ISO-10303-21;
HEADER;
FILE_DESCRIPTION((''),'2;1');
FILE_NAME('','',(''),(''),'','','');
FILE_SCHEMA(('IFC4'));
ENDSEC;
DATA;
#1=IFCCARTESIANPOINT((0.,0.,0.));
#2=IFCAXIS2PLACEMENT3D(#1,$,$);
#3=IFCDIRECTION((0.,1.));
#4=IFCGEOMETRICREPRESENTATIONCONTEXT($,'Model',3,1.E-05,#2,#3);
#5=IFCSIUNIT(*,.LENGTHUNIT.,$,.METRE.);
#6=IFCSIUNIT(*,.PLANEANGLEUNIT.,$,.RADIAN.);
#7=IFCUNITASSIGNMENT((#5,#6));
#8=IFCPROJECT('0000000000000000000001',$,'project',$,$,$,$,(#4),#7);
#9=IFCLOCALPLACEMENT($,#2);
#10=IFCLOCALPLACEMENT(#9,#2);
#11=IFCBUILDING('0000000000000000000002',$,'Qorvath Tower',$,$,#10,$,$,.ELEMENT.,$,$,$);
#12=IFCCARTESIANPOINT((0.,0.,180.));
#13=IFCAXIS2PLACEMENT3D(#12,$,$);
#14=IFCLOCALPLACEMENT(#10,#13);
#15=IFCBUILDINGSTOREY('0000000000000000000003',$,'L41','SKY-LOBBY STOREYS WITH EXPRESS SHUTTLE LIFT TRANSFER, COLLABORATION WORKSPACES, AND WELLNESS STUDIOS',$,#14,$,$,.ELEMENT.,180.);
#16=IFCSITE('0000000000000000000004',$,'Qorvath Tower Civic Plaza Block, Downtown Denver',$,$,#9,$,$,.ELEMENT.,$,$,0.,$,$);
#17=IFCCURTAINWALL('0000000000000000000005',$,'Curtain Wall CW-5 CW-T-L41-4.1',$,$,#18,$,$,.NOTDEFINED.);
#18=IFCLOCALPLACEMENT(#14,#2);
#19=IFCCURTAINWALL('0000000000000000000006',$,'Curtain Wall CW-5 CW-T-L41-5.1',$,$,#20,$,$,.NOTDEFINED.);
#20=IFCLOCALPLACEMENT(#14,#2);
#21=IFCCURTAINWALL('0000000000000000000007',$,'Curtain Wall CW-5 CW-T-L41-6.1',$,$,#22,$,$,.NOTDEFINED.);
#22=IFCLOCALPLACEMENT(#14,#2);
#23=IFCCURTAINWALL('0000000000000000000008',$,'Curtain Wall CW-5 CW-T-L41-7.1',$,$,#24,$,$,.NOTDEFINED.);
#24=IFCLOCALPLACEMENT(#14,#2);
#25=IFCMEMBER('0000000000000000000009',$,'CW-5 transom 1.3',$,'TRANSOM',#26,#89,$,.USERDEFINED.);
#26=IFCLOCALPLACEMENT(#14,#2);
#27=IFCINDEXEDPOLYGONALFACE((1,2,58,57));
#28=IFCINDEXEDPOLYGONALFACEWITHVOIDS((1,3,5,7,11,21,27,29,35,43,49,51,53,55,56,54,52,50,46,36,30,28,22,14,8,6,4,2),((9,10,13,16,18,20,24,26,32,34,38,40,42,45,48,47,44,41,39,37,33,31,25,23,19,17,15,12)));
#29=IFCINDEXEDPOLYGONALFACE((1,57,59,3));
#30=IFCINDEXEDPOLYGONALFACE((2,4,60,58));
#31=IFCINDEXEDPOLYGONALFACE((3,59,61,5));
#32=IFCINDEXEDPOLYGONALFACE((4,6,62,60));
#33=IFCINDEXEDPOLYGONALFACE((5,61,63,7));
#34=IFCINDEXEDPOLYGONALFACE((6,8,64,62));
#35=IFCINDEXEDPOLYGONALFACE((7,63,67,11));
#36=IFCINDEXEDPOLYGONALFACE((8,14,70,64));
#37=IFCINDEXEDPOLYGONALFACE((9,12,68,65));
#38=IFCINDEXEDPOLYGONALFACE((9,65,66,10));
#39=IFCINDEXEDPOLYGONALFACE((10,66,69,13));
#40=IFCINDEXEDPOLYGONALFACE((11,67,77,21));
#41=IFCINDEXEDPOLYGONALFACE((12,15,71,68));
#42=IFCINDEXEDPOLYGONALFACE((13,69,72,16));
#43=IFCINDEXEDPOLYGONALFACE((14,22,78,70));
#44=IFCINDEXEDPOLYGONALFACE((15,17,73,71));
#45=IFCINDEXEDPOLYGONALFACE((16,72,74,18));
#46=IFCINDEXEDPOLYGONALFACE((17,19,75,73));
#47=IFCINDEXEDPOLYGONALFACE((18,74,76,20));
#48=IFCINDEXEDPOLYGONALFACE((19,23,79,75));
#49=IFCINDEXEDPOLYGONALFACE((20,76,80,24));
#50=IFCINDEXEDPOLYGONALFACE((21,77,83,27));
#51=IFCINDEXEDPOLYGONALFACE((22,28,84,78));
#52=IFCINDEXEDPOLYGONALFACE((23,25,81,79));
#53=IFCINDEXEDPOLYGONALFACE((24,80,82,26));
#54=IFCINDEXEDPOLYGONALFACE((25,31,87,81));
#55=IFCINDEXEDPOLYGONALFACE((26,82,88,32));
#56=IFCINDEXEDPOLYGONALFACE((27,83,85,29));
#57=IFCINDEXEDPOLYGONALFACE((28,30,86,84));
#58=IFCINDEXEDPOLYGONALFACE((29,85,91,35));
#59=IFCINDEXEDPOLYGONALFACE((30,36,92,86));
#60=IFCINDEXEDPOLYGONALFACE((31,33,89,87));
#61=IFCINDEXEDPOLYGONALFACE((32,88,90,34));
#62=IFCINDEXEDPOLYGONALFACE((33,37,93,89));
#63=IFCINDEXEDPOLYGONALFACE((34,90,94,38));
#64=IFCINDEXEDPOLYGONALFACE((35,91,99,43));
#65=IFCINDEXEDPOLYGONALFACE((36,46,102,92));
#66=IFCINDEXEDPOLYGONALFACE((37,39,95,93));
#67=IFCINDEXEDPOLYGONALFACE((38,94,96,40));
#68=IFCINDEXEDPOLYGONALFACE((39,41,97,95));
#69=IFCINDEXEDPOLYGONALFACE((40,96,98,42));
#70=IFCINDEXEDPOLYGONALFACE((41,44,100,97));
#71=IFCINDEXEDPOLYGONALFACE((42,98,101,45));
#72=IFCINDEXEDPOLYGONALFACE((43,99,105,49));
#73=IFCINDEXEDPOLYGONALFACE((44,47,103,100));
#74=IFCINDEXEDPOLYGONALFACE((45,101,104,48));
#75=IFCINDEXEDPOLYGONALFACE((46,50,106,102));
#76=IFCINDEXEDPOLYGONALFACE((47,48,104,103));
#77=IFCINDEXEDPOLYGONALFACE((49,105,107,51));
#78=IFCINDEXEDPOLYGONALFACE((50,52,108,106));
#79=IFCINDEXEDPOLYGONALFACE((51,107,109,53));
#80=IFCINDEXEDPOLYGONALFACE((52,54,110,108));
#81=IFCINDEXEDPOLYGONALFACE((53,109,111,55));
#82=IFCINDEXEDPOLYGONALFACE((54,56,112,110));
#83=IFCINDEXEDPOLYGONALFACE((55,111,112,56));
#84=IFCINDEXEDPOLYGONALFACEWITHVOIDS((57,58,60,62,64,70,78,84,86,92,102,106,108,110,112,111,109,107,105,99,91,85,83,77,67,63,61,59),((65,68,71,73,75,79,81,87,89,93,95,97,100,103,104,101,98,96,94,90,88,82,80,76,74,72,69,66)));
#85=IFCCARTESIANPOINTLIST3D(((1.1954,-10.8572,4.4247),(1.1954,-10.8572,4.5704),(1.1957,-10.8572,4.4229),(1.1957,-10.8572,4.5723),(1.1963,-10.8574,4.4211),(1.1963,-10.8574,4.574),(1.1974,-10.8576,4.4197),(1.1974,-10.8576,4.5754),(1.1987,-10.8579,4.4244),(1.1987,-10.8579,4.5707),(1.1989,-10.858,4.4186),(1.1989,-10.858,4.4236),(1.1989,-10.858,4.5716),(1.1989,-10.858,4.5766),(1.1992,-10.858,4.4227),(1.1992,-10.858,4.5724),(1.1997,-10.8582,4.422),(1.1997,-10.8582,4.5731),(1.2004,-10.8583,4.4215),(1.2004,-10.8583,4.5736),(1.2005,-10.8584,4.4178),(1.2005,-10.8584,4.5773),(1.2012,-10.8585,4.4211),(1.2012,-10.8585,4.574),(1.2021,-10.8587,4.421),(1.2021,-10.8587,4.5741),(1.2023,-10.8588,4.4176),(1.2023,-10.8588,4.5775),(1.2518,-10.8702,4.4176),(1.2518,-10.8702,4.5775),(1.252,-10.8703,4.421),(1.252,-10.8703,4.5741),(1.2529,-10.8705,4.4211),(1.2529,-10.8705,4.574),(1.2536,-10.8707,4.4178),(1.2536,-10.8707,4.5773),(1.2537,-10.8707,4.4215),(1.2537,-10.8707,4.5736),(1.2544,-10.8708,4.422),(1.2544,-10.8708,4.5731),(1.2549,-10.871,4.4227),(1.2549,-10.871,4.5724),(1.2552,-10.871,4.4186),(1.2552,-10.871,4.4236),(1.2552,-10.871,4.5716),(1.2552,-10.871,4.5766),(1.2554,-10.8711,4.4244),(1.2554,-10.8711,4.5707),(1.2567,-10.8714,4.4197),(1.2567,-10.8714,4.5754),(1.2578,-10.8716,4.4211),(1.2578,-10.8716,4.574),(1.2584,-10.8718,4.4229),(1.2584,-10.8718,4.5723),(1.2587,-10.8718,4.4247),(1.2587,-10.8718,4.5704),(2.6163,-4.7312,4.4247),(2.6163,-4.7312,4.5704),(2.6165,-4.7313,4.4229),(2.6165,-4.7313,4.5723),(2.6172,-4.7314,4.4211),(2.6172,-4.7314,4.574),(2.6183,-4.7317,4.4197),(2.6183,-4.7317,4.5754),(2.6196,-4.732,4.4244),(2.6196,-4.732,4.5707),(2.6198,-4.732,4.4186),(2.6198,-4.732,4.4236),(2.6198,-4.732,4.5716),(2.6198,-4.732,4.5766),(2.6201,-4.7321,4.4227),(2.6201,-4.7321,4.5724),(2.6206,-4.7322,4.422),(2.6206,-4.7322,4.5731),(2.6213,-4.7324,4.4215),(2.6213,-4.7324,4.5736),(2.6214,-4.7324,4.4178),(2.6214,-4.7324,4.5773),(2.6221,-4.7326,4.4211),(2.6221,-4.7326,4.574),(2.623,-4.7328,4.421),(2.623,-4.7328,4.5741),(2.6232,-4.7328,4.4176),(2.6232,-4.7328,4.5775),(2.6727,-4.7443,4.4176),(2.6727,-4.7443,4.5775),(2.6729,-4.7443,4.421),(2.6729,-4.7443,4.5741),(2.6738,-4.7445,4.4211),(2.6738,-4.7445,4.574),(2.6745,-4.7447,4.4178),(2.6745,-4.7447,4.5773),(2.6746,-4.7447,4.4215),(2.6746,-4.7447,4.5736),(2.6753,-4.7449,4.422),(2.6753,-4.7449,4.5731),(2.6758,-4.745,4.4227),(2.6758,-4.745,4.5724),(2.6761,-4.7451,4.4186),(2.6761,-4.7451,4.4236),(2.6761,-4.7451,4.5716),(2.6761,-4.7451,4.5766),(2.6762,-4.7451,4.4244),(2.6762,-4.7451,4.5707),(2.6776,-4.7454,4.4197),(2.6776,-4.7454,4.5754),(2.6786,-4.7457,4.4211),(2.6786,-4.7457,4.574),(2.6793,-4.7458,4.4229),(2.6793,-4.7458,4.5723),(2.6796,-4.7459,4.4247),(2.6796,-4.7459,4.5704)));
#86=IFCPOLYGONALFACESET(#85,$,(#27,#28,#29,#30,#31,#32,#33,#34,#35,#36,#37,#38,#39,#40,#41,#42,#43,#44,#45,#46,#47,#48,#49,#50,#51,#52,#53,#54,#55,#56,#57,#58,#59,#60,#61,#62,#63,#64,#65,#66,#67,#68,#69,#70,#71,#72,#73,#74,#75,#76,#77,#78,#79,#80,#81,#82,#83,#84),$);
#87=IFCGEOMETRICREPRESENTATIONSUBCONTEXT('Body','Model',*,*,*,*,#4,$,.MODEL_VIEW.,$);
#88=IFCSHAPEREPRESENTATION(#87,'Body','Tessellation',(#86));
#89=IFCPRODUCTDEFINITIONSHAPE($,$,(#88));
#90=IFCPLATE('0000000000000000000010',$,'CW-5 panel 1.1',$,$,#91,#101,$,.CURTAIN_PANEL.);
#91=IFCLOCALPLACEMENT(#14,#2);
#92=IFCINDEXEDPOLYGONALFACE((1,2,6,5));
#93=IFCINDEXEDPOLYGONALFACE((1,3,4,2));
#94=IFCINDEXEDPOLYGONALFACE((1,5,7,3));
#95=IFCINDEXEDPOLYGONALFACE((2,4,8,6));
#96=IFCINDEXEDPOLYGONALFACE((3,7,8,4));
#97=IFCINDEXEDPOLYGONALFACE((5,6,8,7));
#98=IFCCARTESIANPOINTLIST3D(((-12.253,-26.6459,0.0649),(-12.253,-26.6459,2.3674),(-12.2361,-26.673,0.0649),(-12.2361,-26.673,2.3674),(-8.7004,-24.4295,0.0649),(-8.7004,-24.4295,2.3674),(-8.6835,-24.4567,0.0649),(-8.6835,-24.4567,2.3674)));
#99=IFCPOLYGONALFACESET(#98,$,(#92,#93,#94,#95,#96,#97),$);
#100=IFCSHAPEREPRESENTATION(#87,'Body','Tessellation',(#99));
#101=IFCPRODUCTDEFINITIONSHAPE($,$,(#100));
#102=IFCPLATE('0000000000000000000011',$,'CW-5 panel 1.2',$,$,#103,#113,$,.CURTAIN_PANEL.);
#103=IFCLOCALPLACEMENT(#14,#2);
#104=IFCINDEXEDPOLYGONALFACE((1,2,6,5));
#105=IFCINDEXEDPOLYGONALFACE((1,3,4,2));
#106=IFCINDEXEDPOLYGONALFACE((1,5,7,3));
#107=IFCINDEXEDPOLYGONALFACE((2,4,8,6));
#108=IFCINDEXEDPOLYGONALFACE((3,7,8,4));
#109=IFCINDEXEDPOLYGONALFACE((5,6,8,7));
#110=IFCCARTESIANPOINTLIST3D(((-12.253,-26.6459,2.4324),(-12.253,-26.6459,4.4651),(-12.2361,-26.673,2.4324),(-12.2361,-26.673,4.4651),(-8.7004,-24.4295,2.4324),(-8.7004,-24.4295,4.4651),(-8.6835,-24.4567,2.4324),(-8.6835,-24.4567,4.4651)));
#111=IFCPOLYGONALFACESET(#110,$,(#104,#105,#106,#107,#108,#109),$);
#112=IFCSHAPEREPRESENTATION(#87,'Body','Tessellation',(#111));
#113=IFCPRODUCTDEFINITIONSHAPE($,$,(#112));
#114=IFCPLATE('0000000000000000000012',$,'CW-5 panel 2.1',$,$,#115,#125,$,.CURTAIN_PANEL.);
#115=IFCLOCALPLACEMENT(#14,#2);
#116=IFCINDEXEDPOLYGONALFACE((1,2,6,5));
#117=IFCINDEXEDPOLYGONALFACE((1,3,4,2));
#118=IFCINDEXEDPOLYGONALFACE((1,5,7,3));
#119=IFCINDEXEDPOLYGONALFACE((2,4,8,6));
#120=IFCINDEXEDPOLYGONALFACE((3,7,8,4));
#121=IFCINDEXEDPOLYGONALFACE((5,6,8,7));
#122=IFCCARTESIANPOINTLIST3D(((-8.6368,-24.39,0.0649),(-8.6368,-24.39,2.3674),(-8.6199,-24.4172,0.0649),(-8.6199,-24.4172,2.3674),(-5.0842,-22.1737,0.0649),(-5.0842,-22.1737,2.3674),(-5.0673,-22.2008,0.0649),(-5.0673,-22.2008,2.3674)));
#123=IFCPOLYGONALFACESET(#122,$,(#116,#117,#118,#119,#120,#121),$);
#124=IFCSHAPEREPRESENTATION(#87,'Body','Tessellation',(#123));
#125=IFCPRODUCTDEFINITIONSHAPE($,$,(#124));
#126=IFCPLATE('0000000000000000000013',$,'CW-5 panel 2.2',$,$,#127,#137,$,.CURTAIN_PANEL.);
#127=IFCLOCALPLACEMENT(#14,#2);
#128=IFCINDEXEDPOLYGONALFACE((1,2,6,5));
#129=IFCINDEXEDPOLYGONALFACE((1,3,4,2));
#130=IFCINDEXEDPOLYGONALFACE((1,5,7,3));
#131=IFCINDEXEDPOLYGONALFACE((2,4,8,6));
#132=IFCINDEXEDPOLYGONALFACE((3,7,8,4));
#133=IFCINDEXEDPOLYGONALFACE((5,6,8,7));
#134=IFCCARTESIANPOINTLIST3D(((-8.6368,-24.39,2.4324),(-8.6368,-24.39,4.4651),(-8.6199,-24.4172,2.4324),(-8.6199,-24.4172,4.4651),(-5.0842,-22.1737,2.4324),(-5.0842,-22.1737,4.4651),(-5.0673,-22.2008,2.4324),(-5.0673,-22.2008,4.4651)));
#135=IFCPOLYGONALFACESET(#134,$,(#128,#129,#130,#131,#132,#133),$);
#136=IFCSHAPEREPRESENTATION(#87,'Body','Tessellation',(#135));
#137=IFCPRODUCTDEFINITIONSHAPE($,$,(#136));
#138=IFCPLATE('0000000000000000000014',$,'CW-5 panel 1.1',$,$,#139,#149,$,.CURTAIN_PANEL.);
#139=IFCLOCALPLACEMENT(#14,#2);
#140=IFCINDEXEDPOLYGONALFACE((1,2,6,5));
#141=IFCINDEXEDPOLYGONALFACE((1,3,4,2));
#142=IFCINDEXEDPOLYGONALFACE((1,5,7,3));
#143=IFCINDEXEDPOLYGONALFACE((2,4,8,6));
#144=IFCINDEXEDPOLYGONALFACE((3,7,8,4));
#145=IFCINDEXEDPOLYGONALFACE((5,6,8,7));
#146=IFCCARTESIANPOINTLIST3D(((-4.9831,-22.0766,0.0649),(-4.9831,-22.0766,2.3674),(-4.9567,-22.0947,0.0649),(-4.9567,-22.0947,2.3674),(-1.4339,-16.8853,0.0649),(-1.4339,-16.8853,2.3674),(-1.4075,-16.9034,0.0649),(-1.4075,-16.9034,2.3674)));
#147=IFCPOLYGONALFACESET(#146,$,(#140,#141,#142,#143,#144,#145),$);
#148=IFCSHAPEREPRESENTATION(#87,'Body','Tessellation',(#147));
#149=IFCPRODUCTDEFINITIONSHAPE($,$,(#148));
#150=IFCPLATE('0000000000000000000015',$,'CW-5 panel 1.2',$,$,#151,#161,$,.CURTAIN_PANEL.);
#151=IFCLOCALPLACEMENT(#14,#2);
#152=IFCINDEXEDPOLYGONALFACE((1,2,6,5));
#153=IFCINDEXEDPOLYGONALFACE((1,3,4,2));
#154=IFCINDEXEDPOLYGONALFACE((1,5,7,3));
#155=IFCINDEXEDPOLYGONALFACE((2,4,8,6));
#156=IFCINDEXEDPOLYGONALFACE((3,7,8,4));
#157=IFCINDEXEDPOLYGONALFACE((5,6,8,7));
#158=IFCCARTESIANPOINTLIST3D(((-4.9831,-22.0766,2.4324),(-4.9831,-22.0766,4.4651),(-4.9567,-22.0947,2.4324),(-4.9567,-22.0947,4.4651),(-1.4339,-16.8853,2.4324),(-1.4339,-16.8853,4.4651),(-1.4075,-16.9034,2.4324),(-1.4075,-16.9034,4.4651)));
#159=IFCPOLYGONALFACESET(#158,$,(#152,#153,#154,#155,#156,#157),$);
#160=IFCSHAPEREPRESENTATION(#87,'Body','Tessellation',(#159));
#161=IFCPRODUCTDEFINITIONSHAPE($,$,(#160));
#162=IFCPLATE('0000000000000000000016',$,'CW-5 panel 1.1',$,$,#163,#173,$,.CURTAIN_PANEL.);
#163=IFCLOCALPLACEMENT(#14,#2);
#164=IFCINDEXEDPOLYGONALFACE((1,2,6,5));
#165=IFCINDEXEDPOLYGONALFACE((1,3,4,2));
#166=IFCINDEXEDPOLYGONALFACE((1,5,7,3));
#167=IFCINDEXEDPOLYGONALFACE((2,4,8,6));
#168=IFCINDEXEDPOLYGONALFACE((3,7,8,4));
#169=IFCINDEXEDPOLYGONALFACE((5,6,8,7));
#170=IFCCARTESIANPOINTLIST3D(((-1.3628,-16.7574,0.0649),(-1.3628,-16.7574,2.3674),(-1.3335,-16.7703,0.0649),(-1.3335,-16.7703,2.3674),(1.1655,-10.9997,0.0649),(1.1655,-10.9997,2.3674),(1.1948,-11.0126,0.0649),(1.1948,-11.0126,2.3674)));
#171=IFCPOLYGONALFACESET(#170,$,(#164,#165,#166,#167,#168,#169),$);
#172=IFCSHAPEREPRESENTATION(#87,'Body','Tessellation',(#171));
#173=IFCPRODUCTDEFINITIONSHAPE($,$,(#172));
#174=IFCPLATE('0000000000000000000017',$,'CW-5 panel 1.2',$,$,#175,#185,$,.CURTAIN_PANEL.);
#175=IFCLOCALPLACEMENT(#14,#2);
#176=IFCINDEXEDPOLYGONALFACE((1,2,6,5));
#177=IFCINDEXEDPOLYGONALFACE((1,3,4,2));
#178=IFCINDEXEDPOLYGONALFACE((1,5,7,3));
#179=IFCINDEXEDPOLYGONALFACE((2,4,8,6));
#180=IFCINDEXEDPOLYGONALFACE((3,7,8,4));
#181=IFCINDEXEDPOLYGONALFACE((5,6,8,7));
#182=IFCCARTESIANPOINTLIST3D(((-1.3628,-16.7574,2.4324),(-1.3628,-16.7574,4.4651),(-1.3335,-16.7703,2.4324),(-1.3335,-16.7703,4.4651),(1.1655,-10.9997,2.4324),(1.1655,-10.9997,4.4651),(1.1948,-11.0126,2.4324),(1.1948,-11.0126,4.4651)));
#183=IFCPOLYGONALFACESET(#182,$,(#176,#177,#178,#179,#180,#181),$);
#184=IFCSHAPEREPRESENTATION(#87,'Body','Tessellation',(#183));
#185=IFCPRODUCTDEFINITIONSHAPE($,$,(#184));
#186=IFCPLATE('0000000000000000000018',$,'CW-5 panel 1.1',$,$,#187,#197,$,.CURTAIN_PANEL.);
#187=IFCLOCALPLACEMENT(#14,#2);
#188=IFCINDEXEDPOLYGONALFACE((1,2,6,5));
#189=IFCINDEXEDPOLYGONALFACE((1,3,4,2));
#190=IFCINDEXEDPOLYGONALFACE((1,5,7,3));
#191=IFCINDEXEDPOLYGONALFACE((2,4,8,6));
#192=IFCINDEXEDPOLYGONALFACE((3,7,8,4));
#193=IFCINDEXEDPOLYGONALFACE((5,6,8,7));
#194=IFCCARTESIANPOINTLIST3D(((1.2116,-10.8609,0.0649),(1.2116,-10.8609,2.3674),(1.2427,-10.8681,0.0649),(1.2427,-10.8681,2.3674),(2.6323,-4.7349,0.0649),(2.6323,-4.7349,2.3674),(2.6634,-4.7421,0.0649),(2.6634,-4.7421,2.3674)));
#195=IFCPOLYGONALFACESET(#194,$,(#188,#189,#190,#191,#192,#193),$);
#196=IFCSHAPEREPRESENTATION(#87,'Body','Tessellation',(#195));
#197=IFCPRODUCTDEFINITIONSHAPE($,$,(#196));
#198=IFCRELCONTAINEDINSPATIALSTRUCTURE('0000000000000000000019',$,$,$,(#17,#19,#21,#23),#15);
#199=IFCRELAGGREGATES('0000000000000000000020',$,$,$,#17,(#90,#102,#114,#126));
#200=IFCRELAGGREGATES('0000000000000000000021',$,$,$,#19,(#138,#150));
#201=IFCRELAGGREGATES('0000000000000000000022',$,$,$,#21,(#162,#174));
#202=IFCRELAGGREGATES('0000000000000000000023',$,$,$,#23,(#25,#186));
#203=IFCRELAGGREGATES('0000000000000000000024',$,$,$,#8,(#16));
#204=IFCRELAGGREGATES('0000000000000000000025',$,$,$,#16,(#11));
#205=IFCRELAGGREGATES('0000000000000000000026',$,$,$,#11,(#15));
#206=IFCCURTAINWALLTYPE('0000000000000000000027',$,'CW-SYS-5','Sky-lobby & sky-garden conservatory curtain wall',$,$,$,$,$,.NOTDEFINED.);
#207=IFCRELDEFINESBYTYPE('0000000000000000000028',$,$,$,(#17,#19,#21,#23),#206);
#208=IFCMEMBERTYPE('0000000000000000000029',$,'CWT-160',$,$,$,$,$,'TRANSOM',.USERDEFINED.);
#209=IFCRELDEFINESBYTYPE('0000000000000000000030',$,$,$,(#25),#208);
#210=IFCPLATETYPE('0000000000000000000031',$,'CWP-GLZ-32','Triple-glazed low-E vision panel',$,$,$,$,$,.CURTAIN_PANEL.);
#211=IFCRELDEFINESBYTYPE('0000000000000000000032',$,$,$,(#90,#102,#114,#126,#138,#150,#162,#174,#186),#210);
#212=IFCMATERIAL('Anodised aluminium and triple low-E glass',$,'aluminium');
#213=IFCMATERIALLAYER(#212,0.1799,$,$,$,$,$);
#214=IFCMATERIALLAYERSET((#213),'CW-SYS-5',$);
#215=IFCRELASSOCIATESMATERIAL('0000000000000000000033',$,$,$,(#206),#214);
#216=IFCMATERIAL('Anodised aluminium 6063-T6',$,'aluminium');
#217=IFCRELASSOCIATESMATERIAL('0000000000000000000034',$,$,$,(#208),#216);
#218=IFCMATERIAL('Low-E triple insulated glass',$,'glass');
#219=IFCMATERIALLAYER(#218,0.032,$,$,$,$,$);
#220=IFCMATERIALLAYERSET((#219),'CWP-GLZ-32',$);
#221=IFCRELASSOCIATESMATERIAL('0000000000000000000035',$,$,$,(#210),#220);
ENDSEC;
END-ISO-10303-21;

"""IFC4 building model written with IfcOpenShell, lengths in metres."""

from ifc_helpers import new_model, si_unit, direction, frame, origin, origin_2d, place, context, subcontext, project, spatial, rectangle, hollow_rectangle, extrude, material, layer, layer_set, material_profile, profile_set, type_object, element, aggregate, save


model = new_model("IFC4")

# Units and contexts
model_context = context("Model", 3, precision=1e-05, world=origin(), true_north=direction((0.0, 1.0)))
body_context = subcontext(model_context, "Body", "Model", "MODEL_VIEW")
ifc_project = project(units=[si_unit("LENGTHUNIT", "METRE"), si_unit("PLANEANGLEUNIT", "RADIAN")], contexts=[model_context])

# Site, building, storey
site_placement = place(None, origin())
site = spatial("IfcSite", under=ifc_project, at=site_placement, Name="Qorvath Tower Civic Plaza Block, Downtown Denver", CompositionType="ELEMENT", RefElevation=0.0)
building_placement = place(site_placement, origin())
building = spatial("IfcBuilding", under=site, at=building_placement, Name="Qorvath Tower", CompositionType="ELEMENT")
storey_placement = place(building_placement, frame((0.0, 0.0, 180.0)))
storey = spatial("IfcBuildingStorey", under=building, at=storey_placement, Name="L41", Description="SKY-LOBBY STOREYS WITH EXPRESS SHUTTLE LIFT TRANSFER, COLLABORATION WORKSPACES, AND WELLNESS STUDIOS", CompositionType="ELEMENT", Elevation=180.0)

# Curtain walls
ifc_material_1 = material(Name="Anodised aluminium and triple low-E glass", Category="aluminium")
ifc_layer_1 = layer(ifc_material_1, 0.1799)
ifc_layer_set_1 = layer_set([ifc_layer_1], Name="CW-SYS-5")
curtain_wall_type = type_object("IfcCurtainWallType", Name="CW-SYS-5", Description="Sky-lobby & sky-garden conservatory curtain wall", PredefinedType="NOTDEFINED", material=ifc_layer_set_1)
curtain_wall_1_placement = place(storey_placement, origin())
curtain_wall_1 = element("IfcCurtainWall", 1, at=curtain_wall_1_placement, inside=storey, type_object=curtain_wall_type, Name="Curtain Wall CW-5 CW-T-L41-4.1", PredefinedType="NOTDEFINED")
curtain_wall_2_placement = place(storey_placement, origin())
curtain_wall_2 = element("IfcCurtainWall", 2, at=curtain_wall_2_placement, inside=storey, type_object=curtain_wall_type, Name="Curtain Wall CW-5 CW-T-L41-5.1", PredefinedType="NOTDEFINED")
curtain_wall_3_placement = place(storey_placement, origin())
curtain_wall_3 = element("IfcCurtainWall", 3, at=curtain_wall_3_placement, inside=storey, type_object=curtain_wall_type, Name="Curtain Wall CW-5 CW-T-L41-6.1", PredefinedType="NOTDEFINED")

# Curtain wall
curtain_wall_4_placement = place(storey_placement, origin())
curtain_wall_4 = element("IfcCurtainWall", 4, at=curtain_wall_4_placement, inside=storey, type_object=curtain_wall_type, Name="Curtain Wall CW-5 CW-T-L41-7.1", PredefinedType="NOTDEFINED")

# Member
ifc_material_2 = material(Name="Anodised aluminium 6063-T6", Category="aluminium")
ifc_material_profile_1 = material_profile(ifc_material_2, hollow_rectangle(XDim=0.0649, YDim=0.1599, WallThickness=0.0034, InnerFilletRadius=0.0034, OuterFilletRadius=0.0071, at=origin_2d()), Name="CWT 160x65")
ifc_profile_set_1 = profile_set([ifc_material_profile_1], Name="Anodised aluminium 6063-T6")
member_type_1 = type_object("IfcMemberType", Name="CWT-160", ElementType="TRANSOM", PredefinedType="USERDEFINED", material=ifc_profile_set_1)
member_1_placement = place(storey_placement, frame((1.2271, -10.8645, 4.4976), z_axis=(0.225948, 0.974139, 0.0), x_axis=(-0.974139, 0.225948, 0.0)))
member_1 = element("IfcMember", 5, at=member_1_placement, type_object=member_type_1, Name="CW-5 transom 1.3", ObjectType="TRANSOM", PredefinedType="USERDEFINED", context=body_context, shape_type="SweptSolid", body=[
    extrude(hollow_rectangle(XDim=0.0649, YDim=0.1599, WallThickness=0.0034, InnerFilletRadius=0.0034, OuterFilletRadius=0.0071, at=origin_2d()), origin(), (0.0, 0.0, 1.0), 6.2886),
])

# Plates
ifc_material_3 = material(Name="Low-E triple insulated glass", Category="glass")
ifc_layer_2 = layer(ifc_material_3, 0.032)
ifc_layer_set_2 = layer_set([ifc_layer_2], Name="CWP-GLZ-32")
plate_type = type_object("IfcPlateType", Name="CWP-GLZ-32", Description="Triple-glazed low-E vision panel", PredefinedType="CURTAIN_PANEL", material=ifc_layer_set_2)
plate_1_placement = place(storey_placement, frame((-10.4683, -25.5513, 0.0649), z_axis=(0.0, 0.0, 1.0), x_axis=(0.848429, 0.52931, 0.0)))
plate_1 = element("IfcPlate", 6, at=plate_1_placement, type_object=plate_type, Name="CW-5 panel 1.1", PredefinedType="CURTAIN_PANEL", context=body_context, shape_type="SweptSolid", body=[
    extrude(rectangle(XDim=4.1873, YDim=0.032, at=origin_2d()), origin(), (0.0, 0.0, 1.0), 2.3025),
])
plate_2_placement = place(storey_placement, frame((-10.4683, -25.5513, 2.4324), z_axis=(0.0, 0.0, 1.0), x_axis=(0.848429, 0.52931, 0.0)))
plate_2 = element("IfcPlate", 7, at=plate_2_placement, type_object=plate_type, Name="CW-5 panel 1.2", PredefinedType="CURTAIN_PANEL", context=body_context, shape_type="SweptSolid", body=[
    extrude(rectangle(XDim=4.1873, YDim=0.032, at=origin_2d()), origin(), (0.0, 0.0, 1.0), 2.0327),
])
plate_3_placement = place(storey_placement, frame((-6.8521, -23.2954, 0.0649), z_axis=(0.0, 0.0, 1.0), x_axis=(0.848429, 0.52931, 0.0)))
plate_3 = element("IfcPlate", 8, at=plate_3_placement, type_object=plate_type, Name="CW-5 panel 2.1", PredefinedType="CURTAIN_PANEL", context=body_context, shape_type="SweptSolid", body=[
    extrude(rectangle(XDim=4.1873, YDim=0.032, at=origin_2d()), origin(), (0.0, 0.0, 1.0), 2.3025),
])
plate_4_placement = place(storey_placement, frame((-6.8521, -23.2954, 2.4324), z_axis=(0.0, 0.0, 1.0), x_axis=(0.848429, 0.52931, 0.0)))
plate_4 = element("IfcPlate", 9, at=plate_4_placement, type_object=plate_type, Name="CW-5 panel 2.2", PredefinedType="CURTAIN_PANEL", context=body_context, shape_type="SweptSolid", body=[
    extrude(rectangle(XDim=4.1873, YDim=0.032, at=origin_2d()), origin(), (0.0, 0.0, 1.0), 2.0327),
])
aggregate(curtain_wall_1, [plate_1, plate_2, plate_3, plate_4])
plate_5_placement = place(storey_placement, frame((-3.1953, -19.49, 0.0649), z_axis=(0.0, 0.0, 1.0), x_axis=(0.56439, 0.825508, 0.0)))
plate_5 = element("IfcPlate", 10, at=plate_5_placement, type_object=plate_type, Name="CW-5 panel 1.1", PredefinedType="CURTAIN_PANEL", context=body_context, shape_type="SweptSolid", body=[
    extrude(rectangle(XDim=6.2886, YDim=0.032, at=origin_2d()), origin(), (0.0, 0.0, 1.0), 2.3025),
])
plate_6_placement = place(storey_placement, frame((-3.1953, -19.49, 2.4324), z_axis=(0.0, 0.0, 1.0), x_axis=(0.56439, 0.825508, 0.0)))
plate_6 = element("IfcPlate", 11, at=plate_6_placement, type_object=plate_type, Name="CW-5 panel 1.2", PredefinedType="CURTAIN_PANEL", context=body_context, shape_type="SweptSolid", body=[
    extrude(rectangle(XDim=6.2886, YDim=0.032, at=origin_2d()), origin(), (0.0, 0.0, 1.0), 2.0327),
])
aggregate(curtain_wall_2, [plate_5, plate_6])
plate_7_placement = place(storey_placement, frame((-0.084, -13.885, 0.0649), z_axis=(0.0, 0.0, 1.0), x_axis=(0.402062, 0.915613, 0.0)))
plate_7 = element("IfcPlate", 12, at=plate_7_placement, type_object=plate_type, Name="CW-5 panel 1.1", PredefinedType="CURTAIN_PANEL", context=body_context, shape_type="SweptSolid", body=[
    extrude(rectangle(XDim=6.2883, YDim=0.032, at=origin_2d()), origin(), (0.0, 0.0, 1.0), 2.3025),
])
plate_8_placement = place(storey_placement, frame((-0.084, -13.885, 2.4324), z_axis=(0.0, 0.0, 1.0), x_axis=(0.402062, 0.915613, 0.0)))
plate_8 = element("IfcPlate", 13, at=plate_8_placement, type_object=plate_type, Name="CW-5 panel 1.2", PredefinedType="CURTAIN_PANEL", context=body_context, shape_type="SweptSolid", body=[
    extrude(rectangle(XDim=6.2883, YDim=0.032, at=origin_2d()), origin(), (0.0, 0.0, 1.0), 2.0327),
])
aggregate(curtain_wall_3, [plate_7, plate_8])
plate_9_placement = place(storey_placement, frame((1.9375, -7.8015, 0.0649), z_axis=(0.0, 0.0, 1.0), x_axis=(0.225923, 0.974145, 0.0)))
plate_9 = element("IfcPlate", 14, at=plate_9_placement, type_object=plate_type, Name="CW-5 panel 1.1", PredefinedType="CURTAIN_PANEL", context=body_context, shape_type="SweptSolid", body=[
    extrude(rectangle(XDim=6.2886, YDim=0.032, at=origin_2d()), origin(), (0.0, 0.0, 1.0), 2.3025),
])
aggregate(curtain_wall_4, [member_1, plate_9])

save(model, "model.ifc")
